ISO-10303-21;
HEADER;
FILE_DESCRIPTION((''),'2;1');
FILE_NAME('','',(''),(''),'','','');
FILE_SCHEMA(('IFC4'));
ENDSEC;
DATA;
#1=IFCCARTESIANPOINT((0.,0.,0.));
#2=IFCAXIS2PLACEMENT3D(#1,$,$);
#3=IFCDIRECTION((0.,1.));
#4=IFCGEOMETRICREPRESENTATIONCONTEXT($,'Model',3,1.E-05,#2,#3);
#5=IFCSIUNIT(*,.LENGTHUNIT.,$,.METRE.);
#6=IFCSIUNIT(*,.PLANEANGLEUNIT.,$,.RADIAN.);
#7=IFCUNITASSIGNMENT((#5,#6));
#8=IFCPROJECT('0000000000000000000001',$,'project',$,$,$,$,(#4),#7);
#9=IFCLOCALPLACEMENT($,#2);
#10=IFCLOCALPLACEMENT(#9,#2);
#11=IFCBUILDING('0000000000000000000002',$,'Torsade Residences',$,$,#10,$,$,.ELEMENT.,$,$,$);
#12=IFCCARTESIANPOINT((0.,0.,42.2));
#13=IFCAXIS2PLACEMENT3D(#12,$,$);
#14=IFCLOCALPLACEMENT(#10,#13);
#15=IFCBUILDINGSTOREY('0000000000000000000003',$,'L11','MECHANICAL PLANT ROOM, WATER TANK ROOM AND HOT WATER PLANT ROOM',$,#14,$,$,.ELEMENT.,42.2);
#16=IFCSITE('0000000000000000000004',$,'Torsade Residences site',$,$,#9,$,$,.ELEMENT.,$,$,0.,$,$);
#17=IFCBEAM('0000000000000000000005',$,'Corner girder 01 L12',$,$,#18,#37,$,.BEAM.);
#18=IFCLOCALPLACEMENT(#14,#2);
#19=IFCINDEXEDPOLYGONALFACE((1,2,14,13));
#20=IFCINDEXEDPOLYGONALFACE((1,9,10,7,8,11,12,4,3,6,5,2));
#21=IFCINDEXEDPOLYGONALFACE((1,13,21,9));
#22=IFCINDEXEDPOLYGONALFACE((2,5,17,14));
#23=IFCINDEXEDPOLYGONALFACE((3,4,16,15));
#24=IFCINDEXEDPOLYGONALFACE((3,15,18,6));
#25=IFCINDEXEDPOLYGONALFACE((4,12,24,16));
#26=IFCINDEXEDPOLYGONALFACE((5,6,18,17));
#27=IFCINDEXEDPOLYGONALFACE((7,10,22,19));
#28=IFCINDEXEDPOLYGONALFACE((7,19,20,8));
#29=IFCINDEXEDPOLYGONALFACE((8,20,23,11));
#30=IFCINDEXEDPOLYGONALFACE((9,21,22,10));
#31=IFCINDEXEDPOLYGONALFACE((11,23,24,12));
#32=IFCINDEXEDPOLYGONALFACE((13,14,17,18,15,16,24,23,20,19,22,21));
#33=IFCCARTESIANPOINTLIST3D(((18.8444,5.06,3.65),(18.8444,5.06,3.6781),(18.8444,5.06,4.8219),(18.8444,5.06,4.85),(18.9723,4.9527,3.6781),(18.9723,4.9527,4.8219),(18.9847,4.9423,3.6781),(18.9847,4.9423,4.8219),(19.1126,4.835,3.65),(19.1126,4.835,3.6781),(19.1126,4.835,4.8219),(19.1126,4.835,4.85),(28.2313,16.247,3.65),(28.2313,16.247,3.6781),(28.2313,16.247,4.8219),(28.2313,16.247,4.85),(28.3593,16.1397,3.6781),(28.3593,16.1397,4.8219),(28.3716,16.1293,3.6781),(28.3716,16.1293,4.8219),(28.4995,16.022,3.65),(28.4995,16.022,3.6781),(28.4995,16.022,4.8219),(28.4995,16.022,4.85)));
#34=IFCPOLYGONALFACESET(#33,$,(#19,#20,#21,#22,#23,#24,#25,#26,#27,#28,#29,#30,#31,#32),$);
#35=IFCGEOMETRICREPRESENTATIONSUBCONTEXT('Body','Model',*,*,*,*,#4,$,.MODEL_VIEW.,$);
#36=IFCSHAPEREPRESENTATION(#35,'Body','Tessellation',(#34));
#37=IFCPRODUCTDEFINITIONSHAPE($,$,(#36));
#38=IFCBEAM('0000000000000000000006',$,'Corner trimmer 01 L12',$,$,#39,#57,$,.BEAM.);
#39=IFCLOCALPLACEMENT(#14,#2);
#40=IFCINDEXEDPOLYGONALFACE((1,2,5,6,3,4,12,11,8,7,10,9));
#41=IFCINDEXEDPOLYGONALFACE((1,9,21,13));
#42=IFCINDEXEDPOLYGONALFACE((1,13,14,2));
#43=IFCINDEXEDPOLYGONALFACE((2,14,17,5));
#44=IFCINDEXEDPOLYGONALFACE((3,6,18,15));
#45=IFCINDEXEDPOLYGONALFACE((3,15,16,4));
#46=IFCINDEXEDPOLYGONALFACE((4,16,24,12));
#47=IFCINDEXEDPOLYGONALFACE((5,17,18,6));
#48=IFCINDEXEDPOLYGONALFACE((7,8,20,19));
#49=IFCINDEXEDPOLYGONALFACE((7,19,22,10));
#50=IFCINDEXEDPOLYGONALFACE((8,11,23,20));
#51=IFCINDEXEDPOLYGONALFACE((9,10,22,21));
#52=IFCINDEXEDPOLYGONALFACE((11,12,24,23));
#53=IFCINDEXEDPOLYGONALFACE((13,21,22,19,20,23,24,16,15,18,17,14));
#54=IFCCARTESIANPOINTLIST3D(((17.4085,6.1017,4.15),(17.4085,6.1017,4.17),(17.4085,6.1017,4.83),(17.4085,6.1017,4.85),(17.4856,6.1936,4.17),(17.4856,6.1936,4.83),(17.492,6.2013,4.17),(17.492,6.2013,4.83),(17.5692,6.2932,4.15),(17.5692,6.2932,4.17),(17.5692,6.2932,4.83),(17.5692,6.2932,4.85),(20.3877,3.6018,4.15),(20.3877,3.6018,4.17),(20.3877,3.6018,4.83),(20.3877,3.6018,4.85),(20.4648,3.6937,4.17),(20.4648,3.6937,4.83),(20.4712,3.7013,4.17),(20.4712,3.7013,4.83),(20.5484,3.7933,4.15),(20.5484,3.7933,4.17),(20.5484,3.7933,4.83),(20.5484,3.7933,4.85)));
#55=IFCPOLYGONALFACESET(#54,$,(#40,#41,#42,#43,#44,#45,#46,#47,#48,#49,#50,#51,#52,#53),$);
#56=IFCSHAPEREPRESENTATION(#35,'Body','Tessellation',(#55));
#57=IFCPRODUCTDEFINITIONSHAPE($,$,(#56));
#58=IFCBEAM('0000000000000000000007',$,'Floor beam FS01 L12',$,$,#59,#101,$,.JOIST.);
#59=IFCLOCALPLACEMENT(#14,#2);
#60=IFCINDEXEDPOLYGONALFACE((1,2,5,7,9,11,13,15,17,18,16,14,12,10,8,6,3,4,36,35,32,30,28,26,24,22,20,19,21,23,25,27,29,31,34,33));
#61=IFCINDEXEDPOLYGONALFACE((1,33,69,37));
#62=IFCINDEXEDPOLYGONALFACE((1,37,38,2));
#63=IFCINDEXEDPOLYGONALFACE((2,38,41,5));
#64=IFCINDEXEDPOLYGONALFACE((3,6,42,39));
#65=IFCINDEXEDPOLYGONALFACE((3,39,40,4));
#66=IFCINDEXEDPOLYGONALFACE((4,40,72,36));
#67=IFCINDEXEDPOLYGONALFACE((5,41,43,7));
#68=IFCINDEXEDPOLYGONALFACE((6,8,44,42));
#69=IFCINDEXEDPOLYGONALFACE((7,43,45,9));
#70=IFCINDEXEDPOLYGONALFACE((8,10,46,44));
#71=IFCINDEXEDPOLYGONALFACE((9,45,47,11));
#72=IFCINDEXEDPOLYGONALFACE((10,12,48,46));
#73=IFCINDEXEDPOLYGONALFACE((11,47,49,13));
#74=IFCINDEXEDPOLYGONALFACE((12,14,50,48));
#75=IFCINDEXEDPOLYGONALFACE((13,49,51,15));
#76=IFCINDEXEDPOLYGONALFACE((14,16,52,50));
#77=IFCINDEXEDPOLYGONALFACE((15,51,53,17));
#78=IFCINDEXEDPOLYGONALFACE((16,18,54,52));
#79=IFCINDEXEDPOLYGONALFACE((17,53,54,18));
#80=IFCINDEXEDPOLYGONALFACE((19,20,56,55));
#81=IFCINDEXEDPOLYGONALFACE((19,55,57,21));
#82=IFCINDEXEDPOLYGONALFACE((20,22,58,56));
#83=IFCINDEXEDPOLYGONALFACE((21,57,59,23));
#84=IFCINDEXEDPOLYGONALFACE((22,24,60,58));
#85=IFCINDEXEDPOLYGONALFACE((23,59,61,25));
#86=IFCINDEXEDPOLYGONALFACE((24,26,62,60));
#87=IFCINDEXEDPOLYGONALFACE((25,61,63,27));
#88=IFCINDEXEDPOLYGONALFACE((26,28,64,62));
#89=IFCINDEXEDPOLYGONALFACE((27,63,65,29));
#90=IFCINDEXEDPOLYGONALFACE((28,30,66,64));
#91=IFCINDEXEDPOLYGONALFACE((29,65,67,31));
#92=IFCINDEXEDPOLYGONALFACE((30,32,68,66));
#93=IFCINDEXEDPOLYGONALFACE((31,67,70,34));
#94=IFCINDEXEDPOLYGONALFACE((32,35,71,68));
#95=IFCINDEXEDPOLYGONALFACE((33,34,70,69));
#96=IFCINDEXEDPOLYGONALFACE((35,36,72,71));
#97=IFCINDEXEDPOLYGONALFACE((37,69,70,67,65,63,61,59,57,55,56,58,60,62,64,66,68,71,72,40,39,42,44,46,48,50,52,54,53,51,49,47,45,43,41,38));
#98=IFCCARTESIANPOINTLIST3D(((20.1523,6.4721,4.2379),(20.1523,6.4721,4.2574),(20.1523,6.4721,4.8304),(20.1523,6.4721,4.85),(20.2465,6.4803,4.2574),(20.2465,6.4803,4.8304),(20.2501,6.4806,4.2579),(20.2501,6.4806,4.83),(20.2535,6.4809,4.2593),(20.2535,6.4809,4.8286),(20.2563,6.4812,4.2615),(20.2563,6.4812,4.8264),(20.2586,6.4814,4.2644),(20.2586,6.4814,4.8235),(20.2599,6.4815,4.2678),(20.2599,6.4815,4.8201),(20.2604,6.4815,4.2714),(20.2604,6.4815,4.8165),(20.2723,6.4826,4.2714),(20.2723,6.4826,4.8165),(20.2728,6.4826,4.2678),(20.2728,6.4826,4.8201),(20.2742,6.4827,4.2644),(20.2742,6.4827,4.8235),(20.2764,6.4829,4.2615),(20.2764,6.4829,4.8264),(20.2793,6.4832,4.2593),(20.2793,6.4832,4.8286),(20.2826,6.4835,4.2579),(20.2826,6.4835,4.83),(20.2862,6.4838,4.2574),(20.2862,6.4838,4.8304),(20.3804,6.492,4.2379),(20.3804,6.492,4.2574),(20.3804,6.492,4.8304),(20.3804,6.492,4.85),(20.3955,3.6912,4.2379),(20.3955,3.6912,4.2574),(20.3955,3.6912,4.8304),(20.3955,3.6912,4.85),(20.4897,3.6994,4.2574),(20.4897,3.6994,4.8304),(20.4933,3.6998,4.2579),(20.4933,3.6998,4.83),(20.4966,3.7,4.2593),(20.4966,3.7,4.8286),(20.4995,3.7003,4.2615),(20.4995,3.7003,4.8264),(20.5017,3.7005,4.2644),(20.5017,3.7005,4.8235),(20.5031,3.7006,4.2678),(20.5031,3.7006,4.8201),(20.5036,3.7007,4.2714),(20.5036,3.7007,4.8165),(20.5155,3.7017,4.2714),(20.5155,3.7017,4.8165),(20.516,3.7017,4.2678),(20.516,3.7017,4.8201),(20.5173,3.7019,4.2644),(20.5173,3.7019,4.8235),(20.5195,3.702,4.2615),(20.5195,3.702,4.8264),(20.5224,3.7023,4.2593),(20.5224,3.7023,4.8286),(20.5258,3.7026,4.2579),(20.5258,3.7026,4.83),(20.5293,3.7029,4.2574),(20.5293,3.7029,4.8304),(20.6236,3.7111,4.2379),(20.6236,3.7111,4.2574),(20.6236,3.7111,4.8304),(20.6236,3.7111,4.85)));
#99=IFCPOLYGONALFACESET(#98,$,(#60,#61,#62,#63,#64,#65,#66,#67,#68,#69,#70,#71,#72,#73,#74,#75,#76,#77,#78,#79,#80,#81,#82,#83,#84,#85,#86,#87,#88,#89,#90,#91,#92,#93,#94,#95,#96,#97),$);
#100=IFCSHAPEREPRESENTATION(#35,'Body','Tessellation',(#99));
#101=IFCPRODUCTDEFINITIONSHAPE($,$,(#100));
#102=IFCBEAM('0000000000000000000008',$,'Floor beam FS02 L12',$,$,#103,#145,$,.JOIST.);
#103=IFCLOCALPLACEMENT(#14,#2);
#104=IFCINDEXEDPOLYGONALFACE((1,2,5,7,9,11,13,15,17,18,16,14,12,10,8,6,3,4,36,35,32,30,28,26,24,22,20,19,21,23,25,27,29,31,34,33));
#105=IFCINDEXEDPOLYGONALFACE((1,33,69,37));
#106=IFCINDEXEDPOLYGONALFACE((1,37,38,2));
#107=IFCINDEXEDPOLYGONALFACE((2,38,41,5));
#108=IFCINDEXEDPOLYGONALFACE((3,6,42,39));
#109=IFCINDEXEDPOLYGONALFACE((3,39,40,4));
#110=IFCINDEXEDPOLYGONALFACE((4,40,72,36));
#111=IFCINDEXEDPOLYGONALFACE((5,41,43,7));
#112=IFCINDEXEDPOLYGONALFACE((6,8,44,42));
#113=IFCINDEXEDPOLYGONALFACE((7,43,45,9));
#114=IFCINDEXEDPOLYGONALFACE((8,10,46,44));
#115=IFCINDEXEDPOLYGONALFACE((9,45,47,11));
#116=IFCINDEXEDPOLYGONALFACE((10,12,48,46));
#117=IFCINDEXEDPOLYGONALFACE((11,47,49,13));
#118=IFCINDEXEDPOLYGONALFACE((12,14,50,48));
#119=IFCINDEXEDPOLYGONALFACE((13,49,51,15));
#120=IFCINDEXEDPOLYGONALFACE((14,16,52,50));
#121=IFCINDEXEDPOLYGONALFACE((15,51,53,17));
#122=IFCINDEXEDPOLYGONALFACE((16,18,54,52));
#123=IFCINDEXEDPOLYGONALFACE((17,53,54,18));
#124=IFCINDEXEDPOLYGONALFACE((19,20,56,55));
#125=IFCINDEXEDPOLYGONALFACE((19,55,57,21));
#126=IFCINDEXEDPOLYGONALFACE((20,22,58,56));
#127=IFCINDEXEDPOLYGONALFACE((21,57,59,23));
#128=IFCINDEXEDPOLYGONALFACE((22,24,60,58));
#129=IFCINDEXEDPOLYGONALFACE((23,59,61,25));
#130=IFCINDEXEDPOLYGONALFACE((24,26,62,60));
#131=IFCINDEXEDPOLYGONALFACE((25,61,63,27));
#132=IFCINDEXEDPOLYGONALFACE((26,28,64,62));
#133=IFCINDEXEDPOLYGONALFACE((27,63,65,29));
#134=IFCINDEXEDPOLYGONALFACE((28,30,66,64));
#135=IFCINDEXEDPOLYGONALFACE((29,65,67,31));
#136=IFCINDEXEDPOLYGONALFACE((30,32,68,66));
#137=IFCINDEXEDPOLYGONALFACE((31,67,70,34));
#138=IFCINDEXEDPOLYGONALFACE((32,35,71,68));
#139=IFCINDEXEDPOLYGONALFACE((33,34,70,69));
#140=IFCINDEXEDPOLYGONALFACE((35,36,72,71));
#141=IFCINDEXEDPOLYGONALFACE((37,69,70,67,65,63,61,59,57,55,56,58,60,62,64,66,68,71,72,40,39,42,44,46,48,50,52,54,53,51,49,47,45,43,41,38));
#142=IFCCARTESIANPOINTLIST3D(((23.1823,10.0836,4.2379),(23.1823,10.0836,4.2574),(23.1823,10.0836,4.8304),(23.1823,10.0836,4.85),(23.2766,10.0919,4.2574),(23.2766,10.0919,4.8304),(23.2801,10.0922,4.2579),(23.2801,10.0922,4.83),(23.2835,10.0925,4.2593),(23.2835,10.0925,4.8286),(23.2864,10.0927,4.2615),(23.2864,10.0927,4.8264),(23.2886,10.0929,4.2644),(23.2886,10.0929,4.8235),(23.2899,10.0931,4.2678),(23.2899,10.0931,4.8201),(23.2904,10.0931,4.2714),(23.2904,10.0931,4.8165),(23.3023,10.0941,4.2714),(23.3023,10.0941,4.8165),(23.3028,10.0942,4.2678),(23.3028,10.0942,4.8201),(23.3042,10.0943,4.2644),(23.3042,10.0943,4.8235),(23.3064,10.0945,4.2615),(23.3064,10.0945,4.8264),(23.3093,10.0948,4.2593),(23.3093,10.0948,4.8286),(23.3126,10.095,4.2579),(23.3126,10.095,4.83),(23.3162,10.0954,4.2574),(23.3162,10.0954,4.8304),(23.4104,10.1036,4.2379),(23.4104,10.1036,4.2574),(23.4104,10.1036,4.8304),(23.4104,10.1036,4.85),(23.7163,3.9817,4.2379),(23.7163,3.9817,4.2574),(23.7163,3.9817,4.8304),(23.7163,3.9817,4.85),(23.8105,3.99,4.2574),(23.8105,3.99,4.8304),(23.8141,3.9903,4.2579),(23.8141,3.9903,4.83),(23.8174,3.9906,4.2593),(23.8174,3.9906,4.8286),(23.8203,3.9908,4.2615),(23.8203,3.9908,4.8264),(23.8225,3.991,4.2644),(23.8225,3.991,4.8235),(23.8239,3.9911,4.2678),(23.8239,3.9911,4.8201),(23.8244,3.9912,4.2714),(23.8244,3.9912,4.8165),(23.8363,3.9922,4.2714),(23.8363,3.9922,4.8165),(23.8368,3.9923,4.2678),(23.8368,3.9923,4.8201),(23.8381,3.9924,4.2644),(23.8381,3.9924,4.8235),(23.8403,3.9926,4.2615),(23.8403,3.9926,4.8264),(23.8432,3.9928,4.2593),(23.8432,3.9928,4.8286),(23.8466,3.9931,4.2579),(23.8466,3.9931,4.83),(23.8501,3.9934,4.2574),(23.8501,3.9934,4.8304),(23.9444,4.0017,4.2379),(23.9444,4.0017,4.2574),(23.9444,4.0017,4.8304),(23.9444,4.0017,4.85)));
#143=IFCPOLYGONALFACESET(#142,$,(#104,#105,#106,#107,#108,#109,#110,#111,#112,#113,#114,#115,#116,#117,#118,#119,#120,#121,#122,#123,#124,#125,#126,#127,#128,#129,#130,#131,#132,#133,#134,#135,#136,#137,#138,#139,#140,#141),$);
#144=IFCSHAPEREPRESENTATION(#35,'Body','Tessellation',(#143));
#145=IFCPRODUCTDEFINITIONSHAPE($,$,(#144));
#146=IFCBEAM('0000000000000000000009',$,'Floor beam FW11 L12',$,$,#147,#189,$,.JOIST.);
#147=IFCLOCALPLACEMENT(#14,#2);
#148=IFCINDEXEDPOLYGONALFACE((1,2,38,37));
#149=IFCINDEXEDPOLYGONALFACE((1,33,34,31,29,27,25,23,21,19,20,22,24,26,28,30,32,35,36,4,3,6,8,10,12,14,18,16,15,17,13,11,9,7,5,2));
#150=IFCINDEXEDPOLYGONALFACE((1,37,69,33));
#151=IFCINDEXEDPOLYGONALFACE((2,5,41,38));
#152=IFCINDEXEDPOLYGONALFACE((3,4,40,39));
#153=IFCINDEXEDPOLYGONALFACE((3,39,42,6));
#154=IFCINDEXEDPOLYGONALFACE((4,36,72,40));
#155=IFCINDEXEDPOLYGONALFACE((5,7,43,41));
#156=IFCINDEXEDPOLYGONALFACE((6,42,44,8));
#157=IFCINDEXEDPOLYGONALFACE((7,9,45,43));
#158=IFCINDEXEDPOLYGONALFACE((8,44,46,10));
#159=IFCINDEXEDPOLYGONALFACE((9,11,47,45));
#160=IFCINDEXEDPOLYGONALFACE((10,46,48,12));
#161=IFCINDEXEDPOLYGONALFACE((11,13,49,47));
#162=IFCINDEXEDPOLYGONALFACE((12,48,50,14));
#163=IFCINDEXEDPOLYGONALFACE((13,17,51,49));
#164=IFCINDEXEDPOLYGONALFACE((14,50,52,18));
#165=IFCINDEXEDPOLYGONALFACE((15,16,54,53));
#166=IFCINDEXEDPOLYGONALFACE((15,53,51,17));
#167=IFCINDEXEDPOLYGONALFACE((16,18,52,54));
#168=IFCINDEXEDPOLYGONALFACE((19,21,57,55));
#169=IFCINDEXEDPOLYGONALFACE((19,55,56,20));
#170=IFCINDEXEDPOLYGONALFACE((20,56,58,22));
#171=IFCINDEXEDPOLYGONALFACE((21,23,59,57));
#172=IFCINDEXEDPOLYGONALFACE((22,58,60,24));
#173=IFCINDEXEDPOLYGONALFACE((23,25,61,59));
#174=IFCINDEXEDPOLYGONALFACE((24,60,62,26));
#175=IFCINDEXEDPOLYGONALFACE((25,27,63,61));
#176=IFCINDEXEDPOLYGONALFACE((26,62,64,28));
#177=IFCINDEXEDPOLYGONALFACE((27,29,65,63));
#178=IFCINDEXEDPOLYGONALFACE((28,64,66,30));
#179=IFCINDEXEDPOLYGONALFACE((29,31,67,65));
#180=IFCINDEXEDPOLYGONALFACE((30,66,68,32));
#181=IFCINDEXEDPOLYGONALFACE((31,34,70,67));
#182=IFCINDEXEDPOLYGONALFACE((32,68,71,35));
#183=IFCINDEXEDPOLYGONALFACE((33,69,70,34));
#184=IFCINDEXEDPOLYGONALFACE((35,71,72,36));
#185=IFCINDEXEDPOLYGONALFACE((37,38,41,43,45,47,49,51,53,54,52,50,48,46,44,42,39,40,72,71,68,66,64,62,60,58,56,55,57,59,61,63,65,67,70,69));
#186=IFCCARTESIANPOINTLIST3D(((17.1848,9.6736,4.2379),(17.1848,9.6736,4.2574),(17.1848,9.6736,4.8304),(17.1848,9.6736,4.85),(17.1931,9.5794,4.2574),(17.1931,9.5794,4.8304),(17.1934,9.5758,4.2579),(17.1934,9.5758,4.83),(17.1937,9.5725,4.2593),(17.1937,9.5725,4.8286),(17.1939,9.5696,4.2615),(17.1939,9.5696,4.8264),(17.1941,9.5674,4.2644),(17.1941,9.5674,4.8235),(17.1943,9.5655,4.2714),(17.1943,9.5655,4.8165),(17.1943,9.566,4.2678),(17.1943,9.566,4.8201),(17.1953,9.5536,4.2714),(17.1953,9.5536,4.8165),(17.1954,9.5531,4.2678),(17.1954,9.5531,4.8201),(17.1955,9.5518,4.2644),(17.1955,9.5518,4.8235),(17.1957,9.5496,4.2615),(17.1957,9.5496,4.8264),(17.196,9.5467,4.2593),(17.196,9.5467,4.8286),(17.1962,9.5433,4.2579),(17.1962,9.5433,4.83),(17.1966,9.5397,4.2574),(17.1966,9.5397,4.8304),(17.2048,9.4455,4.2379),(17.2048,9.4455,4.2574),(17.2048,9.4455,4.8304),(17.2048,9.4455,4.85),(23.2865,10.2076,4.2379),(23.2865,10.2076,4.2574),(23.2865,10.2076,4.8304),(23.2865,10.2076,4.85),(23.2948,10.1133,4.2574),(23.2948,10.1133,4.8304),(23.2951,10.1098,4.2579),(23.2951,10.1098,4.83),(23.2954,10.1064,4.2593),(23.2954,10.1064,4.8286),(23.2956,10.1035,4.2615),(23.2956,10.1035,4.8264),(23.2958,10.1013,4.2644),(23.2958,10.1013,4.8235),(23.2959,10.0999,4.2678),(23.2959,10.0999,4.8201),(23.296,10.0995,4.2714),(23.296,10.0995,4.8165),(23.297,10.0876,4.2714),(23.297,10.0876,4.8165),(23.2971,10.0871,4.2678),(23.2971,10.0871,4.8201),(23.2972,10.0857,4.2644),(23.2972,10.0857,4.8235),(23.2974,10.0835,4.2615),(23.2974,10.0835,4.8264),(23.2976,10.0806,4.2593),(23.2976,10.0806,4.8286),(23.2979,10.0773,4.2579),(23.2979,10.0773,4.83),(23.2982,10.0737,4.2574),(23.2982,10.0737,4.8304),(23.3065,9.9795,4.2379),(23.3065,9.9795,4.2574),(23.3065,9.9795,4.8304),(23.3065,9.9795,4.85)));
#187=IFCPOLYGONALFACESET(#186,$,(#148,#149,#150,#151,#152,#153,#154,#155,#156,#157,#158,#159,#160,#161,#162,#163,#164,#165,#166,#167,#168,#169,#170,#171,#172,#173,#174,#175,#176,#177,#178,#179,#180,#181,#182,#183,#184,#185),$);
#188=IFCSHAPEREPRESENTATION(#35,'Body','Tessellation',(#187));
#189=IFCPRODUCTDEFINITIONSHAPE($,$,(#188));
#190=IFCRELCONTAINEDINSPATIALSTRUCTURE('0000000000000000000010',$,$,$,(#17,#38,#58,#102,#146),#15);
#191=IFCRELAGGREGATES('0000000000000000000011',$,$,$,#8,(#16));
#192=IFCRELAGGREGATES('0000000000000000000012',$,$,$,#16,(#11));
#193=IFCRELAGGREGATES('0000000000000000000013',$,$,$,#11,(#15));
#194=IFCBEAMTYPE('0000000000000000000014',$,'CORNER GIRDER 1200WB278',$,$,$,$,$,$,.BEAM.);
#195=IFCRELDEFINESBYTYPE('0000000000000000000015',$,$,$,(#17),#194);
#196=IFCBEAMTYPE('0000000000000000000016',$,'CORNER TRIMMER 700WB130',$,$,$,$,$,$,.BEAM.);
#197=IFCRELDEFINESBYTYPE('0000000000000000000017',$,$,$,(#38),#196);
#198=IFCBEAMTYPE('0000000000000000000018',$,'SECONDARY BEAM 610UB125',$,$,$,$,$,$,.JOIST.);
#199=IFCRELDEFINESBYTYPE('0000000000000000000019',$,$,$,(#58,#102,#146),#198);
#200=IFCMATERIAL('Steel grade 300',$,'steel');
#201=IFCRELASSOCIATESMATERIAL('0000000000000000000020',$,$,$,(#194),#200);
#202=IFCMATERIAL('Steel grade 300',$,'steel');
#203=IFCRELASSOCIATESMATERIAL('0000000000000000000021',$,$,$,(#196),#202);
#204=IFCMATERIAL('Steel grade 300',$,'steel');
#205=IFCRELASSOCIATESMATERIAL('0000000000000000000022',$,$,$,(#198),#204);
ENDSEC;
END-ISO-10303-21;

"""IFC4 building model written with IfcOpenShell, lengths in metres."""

from ifc_helpers import new_model, si_unit, direction, frame, origin, origin_2d, place, context, subcontext, project, spatial, i_section, extrude, material, material_profile, profile_set, type_object, element, save


model = new_model("IFC4")

# Units and contexts
model_context = context("Model", 3, precision=1e-05, world=origin(), true_north=direction((0.0, 1.0)))
body_context = subcontext(model_context, "Body", "Model", "MODEL_VIEW")
ifc_project = project(units=[si_unit("LENGTHUNIT", "METRE"), si_unit("PLANEANGLEUNIT", "RADIAN")], contexts=[model_context])

# Site, building, storey
site_placement = place(None, origin())
site = spatial("IfcSite", under=ifc_project, at=site_placement, Name="Torsade Residences site", CompositionType="ELEMENT", RefElevation=0.0)
building_placement = place(site_placement, origin())
building = spatial("IfcBuilding", under=site, at=building_placement, Name="Torsade Residences", CompositionType="ELEMENT")
storey_placement = place(building_placement, frame((0.0, 0.0, 42.2)))
storey = spatial("IfcBuildingStorey", under=building, at=storey_placement, Name="L11", Description="MECHANICAL PLANT ROOM, WATER TANK ROOM AND HOT WATER PLANT ROOM", CompositionType="ELEMENT", Elevation=42.2)

# Beams
ifc_material_1 = material(Name="Steel grade 300", Category="steel")
ifc_material_profile_1 = material_profile(ifc_material_1, i_section(OverallWidth=0.3501, OverallDepth=1.2, WebThickness=0.0161, FlangeThickness=0.0281, at=origin_2d()), Name="1200WB278")
ifc_profile_set_1 = profile_set([ifc_material_profile_1], Name="Steel grade 300")
beam_type_1 = type_object("IfcBeamType", Name="CORNER GIRDER 1200WB278", PredefinedType="BEAM", material=ifc_profile_set_1)
beam_1_placement = place(storey_placement, frame((18.9785, 4.9475, 4.25), z_axis=(0.642785, 0.766046, 0.0), x_axis=(-0.766046, 0.642785, 0.0)))
element("IfcBeam", 1, at=beam_1_placement, inside=storey, type_object=beam_type_1, Name="Corner girder 01 L12", PredefinedType="BEAM", context=body_context, shape_type="SweptSolid", body=[
    extrude(i_section(OverallWidth=0.3501, OverallDepth=1.2, WebThickness=0.0161, FlangeThickness=0.0281, at=origin_2d()), origin(), (0.0, 0.0, 1.0), 14.6035),
])
ifc_material_2 = material(Name="Steel grade 300", Category="steel")
ifc_material_profile_2 = material_profile(ifc_material_2, i_section(OverallWidth=0.25, OverallDepth=0.7, WebThickness=0.01, FlangeThickness=0.02, at=origin_2d()), Name="700WB130")
ifc_profile_set_2 = profile_set([ifc_material_profile_2], Name="Steel grade 300")
beam_type_2 = type_object("IfcBeamType", Name="CORNER TRIMMER 700WB130", PredefinedType="BEAM", material=ifc_profile_set_2)
beam_2_placement = place(storey_placement, frame((20.468, 3.6975, 4.5), z_axis=(-0.76603, 0.642805, 0.0), x_axis=(-0.642805, -0.76603, 0.0)))
element("IfcBeam", 2, at=beam_2_placement, inside=storey, type_object=beam_type_2, Name="Corner trimmer 01 L12", PredefinedType="BEAM", context=body_context, shape_type="SweptSolid", body=[
    extrude(i_section(OverallWidth=0.25, OverallDepth=0.7, WebThickness=0.01, FlangeThickness=0.02, at=origin_2d()), origin(), (0.0, 0.0, 1.0), 3.8892),
])
ifc_material_3 = material(Name="Steel grade 300", Category="steel")
ifc_material_profile_3 = material_profile(ifc_material_3, i_section(OverallWidth=0.229, OverallDepth=0.6121, WebThickness=0.012, FlangeThickness=0.0195, FilletRadius=0.0139, at=origin_2d()), Name="610UB125")
ifc_profile_set_3 = profile_set([ifc_material_profile_3], Name="Steel grade 300")
beam_type_3 = type_object("IfcBeamType", Name="SECONDARY BEAM 610UB125", PredefinedType="JOIST", material=ifc_profile_set_3)
beam_3_placement = place(storey_placement, frame((20.5095, 3.7012, 4.5439), z_axis=(-0.087105, 0.996199, 0.0), x_axis=(-0.996199, -0.087105, 0.0)))
element("IfcBeam", 3, at=beam_3_placement, inside=storey, type_object=beam_type_3, Name="Floor beam FS01 L12", PredefinedType="JOIST", context=body_context, shape_type="SweptSolid", body=[
    extrude(i_section(OverallWidth=0.229, OverallDepth=0.6121, WebThickness=0.012, FlangeThickness=0.0195, FilletRadius=0.0139, at=origin_2d()), origin(), (0.0, 0.0, 1.0), 2.7915),
])
beam_4_placement = place(storey_placement, frame((23.8303, 3.9917, 4.5439), z_axis=(-0.087171, 0.996193, 0.0), x_axis=(-0.996193, -0.087171, 0.0)))
element("IfcBeam", 4, at=beam_4_placement, inside=storey, type_object=beam_type_3, Name="Floor beam FS02 L12", PredefinedType="JOIST", context=body_context, shape_type="SweptSolid", body=[
    extrude(i_section(OverallWidth=0.229, OverallDepth=0.6121, WebThickness=0.012, FlangeThickness=0.0195, FilletRadius=0.0139, at=origin_2d()), origin(), (0.0, 0.0, 1.0), 6.1252),
])
beam_5_placement = place(storey_placement, frame((17.1948, 9.5596, 4.5439), z_axis=(0.996193, 0.087175, 0.0), x_axis=(-0.087175, 0.996193, 0.0)))
element("IfcBeam", 5, at=beam_5_placement, inside=storey, type_object=beam_type_3, Name="Floor beam FW11 L12", PredefinedType="JOIST", context=body_context, shape_type="SweptSolid", body=[
    extrude(i_section(OverallWidth=0.229, OverallDepth=0.6121, WebThickness=0.012, FlangeThickness=0.0195, FilletRadius=0.0139, at=origin_2d()), origin(), (0.0, 0.0, 1.0), 6.125),
])

save(model, "model.ifc")
